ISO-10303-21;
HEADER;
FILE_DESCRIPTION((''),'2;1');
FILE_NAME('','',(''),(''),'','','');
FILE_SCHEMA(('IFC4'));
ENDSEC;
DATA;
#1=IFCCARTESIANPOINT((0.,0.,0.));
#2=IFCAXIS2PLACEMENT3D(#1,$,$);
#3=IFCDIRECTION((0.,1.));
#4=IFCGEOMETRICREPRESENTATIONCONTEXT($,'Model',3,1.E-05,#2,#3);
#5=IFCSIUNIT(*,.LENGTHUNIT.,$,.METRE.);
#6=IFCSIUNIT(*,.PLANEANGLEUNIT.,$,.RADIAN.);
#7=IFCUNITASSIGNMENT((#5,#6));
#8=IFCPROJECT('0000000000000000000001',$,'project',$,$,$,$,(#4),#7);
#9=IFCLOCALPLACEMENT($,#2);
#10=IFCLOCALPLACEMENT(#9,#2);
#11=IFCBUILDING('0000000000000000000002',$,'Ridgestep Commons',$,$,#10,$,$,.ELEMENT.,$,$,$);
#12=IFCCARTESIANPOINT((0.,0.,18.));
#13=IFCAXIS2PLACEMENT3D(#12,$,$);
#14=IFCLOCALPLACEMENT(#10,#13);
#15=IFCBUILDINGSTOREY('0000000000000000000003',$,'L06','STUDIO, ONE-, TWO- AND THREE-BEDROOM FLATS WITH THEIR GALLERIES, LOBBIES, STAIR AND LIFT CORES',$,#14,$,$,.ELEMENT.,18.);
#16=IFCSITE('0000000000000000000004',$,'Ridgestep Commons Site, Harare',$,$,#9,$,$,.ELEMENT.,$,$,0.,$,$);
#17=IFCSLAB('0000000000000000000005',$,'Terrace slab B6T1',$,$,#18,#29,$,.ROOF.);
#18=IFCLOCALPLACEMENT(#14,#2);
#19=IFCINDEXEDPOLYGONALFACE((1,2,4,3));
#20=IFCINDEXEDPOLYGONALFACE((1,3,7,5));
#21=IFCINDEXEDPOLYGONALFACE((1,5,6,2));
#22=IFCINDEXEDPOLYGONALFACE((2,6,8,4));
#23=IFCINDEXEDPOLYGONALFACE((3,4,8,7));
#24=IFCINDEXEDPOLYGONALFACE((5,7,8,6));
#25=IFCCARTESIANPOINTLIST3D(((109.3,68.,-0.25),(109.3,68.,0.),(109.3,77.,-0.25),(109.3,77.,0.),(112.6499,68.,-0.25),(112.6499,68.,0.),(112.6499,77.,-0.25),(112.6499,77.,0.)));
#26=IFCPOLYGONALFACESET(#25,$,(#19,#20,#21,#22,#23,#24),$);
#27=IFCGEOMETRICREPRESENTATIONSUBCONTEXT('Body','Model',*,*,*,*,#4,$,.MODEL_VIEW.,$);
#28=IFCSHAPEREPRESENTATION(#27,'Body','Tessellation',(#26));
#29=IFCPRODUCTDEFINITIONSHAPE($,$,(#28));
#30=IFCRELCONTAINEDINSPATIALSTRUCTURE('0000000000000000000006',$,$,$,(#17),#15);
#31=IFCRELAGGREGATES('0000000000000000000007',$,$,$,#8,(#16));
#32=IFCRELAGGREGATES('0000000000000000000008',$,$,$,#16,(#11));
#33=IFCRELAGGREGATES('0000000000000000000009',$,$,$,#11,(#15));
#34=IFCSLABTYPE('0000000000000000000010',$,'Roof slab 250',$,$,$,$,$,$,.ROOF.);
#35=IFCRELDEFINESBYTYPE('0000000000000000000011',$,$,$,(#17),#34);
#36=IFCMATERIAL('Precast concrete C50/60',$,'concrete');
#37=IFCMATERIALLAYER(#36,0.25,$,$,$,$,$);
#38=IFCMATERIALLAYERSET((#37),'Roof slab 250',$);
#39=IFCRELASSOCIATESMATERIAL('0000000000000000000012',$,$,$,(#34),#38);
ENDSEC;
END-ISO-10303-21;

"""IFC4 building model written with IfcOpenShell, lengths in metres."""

from ifc_helpers import new_model, si_unit, direction, frame, origin, place, context, subcontext, project, spatial, polyline, outline, extrude, material, layer, layer_set, type_object, element, save


model = new_model("IFC4")

# Units and contexts
model_context = context("Model", 3, precision=1e-05, world=origin(), true_north=direction((0.0, 1.0)))
body_context = subcontext(model_context, "Body", "Model", "MODEL_VIEW")
ifc_project = project(units=[si_unit("LENGTHUNIT", "METRE"), si_unit("PLANEANGLEUNIT", "RADIAN")], contexts=[model_context])

# Site, building, storey
site_placement = place(None, origin())
site = spatial("IfcSite", under=ifc_project, at=site_placement, Name="Ridgestep Commons Site, Harare", CompositionType="ELEMENT", RefElevation=0.0)
building_placement = place(site_placement, origin())
building = spatial("IfcBuilding", under=site, at=building_placement, Name="Ridgestep Commons", CompositionType="ELEMENT")
storey_placement = place(building_placement, frame((0.0, 0.0, 18.0)))
storey = spatial("IfcBuildingStorey", under=building, at=storey_placement, Name="L06", Description="STUDIO, ONE-, TWO- AND THREE-BEDROOM FLATS WITH THEIR GALLERIES, LOBBIES, STAIR AND LIFT CORES", CompositionType="ELEMENT", Elevation=18.0)

# Slab
ifc_material_1 = material(Name="Precast concrete C50/60", Category="concrete")
ifc_layer_1 = layer(ifc_material_1, 0.25)
ifc_layer_set_1 = layer_set([ifc_layer_1], Name="Roof slab 250")
slab_type_1 = type_object("IfcSlabType", Name="Roof slab 250", PredefinedType="ROOF", material=ifc_layer_set_1)
slab_1_placement = place(storey_placement, frame((0.0, 0.0, -0.25)))
element("IfcSlab", 1, at=slab_1_placement, inside=storey, type_object=slab_type_1, Name="Terrace slab B6T1", PredefinedType="ROOF", context=body_context, shape_type="SweptSolid", body=[
    extrude(outline(polyline([(112.6499, 68.0), (112.6499, 77.0), (109.3, 77.0), (109.3, 68.0), (112.6499, 68.0)])), origin(), (0.0, 0.0, 1.0), 0.25),
])

save(model, "model.ifc")
